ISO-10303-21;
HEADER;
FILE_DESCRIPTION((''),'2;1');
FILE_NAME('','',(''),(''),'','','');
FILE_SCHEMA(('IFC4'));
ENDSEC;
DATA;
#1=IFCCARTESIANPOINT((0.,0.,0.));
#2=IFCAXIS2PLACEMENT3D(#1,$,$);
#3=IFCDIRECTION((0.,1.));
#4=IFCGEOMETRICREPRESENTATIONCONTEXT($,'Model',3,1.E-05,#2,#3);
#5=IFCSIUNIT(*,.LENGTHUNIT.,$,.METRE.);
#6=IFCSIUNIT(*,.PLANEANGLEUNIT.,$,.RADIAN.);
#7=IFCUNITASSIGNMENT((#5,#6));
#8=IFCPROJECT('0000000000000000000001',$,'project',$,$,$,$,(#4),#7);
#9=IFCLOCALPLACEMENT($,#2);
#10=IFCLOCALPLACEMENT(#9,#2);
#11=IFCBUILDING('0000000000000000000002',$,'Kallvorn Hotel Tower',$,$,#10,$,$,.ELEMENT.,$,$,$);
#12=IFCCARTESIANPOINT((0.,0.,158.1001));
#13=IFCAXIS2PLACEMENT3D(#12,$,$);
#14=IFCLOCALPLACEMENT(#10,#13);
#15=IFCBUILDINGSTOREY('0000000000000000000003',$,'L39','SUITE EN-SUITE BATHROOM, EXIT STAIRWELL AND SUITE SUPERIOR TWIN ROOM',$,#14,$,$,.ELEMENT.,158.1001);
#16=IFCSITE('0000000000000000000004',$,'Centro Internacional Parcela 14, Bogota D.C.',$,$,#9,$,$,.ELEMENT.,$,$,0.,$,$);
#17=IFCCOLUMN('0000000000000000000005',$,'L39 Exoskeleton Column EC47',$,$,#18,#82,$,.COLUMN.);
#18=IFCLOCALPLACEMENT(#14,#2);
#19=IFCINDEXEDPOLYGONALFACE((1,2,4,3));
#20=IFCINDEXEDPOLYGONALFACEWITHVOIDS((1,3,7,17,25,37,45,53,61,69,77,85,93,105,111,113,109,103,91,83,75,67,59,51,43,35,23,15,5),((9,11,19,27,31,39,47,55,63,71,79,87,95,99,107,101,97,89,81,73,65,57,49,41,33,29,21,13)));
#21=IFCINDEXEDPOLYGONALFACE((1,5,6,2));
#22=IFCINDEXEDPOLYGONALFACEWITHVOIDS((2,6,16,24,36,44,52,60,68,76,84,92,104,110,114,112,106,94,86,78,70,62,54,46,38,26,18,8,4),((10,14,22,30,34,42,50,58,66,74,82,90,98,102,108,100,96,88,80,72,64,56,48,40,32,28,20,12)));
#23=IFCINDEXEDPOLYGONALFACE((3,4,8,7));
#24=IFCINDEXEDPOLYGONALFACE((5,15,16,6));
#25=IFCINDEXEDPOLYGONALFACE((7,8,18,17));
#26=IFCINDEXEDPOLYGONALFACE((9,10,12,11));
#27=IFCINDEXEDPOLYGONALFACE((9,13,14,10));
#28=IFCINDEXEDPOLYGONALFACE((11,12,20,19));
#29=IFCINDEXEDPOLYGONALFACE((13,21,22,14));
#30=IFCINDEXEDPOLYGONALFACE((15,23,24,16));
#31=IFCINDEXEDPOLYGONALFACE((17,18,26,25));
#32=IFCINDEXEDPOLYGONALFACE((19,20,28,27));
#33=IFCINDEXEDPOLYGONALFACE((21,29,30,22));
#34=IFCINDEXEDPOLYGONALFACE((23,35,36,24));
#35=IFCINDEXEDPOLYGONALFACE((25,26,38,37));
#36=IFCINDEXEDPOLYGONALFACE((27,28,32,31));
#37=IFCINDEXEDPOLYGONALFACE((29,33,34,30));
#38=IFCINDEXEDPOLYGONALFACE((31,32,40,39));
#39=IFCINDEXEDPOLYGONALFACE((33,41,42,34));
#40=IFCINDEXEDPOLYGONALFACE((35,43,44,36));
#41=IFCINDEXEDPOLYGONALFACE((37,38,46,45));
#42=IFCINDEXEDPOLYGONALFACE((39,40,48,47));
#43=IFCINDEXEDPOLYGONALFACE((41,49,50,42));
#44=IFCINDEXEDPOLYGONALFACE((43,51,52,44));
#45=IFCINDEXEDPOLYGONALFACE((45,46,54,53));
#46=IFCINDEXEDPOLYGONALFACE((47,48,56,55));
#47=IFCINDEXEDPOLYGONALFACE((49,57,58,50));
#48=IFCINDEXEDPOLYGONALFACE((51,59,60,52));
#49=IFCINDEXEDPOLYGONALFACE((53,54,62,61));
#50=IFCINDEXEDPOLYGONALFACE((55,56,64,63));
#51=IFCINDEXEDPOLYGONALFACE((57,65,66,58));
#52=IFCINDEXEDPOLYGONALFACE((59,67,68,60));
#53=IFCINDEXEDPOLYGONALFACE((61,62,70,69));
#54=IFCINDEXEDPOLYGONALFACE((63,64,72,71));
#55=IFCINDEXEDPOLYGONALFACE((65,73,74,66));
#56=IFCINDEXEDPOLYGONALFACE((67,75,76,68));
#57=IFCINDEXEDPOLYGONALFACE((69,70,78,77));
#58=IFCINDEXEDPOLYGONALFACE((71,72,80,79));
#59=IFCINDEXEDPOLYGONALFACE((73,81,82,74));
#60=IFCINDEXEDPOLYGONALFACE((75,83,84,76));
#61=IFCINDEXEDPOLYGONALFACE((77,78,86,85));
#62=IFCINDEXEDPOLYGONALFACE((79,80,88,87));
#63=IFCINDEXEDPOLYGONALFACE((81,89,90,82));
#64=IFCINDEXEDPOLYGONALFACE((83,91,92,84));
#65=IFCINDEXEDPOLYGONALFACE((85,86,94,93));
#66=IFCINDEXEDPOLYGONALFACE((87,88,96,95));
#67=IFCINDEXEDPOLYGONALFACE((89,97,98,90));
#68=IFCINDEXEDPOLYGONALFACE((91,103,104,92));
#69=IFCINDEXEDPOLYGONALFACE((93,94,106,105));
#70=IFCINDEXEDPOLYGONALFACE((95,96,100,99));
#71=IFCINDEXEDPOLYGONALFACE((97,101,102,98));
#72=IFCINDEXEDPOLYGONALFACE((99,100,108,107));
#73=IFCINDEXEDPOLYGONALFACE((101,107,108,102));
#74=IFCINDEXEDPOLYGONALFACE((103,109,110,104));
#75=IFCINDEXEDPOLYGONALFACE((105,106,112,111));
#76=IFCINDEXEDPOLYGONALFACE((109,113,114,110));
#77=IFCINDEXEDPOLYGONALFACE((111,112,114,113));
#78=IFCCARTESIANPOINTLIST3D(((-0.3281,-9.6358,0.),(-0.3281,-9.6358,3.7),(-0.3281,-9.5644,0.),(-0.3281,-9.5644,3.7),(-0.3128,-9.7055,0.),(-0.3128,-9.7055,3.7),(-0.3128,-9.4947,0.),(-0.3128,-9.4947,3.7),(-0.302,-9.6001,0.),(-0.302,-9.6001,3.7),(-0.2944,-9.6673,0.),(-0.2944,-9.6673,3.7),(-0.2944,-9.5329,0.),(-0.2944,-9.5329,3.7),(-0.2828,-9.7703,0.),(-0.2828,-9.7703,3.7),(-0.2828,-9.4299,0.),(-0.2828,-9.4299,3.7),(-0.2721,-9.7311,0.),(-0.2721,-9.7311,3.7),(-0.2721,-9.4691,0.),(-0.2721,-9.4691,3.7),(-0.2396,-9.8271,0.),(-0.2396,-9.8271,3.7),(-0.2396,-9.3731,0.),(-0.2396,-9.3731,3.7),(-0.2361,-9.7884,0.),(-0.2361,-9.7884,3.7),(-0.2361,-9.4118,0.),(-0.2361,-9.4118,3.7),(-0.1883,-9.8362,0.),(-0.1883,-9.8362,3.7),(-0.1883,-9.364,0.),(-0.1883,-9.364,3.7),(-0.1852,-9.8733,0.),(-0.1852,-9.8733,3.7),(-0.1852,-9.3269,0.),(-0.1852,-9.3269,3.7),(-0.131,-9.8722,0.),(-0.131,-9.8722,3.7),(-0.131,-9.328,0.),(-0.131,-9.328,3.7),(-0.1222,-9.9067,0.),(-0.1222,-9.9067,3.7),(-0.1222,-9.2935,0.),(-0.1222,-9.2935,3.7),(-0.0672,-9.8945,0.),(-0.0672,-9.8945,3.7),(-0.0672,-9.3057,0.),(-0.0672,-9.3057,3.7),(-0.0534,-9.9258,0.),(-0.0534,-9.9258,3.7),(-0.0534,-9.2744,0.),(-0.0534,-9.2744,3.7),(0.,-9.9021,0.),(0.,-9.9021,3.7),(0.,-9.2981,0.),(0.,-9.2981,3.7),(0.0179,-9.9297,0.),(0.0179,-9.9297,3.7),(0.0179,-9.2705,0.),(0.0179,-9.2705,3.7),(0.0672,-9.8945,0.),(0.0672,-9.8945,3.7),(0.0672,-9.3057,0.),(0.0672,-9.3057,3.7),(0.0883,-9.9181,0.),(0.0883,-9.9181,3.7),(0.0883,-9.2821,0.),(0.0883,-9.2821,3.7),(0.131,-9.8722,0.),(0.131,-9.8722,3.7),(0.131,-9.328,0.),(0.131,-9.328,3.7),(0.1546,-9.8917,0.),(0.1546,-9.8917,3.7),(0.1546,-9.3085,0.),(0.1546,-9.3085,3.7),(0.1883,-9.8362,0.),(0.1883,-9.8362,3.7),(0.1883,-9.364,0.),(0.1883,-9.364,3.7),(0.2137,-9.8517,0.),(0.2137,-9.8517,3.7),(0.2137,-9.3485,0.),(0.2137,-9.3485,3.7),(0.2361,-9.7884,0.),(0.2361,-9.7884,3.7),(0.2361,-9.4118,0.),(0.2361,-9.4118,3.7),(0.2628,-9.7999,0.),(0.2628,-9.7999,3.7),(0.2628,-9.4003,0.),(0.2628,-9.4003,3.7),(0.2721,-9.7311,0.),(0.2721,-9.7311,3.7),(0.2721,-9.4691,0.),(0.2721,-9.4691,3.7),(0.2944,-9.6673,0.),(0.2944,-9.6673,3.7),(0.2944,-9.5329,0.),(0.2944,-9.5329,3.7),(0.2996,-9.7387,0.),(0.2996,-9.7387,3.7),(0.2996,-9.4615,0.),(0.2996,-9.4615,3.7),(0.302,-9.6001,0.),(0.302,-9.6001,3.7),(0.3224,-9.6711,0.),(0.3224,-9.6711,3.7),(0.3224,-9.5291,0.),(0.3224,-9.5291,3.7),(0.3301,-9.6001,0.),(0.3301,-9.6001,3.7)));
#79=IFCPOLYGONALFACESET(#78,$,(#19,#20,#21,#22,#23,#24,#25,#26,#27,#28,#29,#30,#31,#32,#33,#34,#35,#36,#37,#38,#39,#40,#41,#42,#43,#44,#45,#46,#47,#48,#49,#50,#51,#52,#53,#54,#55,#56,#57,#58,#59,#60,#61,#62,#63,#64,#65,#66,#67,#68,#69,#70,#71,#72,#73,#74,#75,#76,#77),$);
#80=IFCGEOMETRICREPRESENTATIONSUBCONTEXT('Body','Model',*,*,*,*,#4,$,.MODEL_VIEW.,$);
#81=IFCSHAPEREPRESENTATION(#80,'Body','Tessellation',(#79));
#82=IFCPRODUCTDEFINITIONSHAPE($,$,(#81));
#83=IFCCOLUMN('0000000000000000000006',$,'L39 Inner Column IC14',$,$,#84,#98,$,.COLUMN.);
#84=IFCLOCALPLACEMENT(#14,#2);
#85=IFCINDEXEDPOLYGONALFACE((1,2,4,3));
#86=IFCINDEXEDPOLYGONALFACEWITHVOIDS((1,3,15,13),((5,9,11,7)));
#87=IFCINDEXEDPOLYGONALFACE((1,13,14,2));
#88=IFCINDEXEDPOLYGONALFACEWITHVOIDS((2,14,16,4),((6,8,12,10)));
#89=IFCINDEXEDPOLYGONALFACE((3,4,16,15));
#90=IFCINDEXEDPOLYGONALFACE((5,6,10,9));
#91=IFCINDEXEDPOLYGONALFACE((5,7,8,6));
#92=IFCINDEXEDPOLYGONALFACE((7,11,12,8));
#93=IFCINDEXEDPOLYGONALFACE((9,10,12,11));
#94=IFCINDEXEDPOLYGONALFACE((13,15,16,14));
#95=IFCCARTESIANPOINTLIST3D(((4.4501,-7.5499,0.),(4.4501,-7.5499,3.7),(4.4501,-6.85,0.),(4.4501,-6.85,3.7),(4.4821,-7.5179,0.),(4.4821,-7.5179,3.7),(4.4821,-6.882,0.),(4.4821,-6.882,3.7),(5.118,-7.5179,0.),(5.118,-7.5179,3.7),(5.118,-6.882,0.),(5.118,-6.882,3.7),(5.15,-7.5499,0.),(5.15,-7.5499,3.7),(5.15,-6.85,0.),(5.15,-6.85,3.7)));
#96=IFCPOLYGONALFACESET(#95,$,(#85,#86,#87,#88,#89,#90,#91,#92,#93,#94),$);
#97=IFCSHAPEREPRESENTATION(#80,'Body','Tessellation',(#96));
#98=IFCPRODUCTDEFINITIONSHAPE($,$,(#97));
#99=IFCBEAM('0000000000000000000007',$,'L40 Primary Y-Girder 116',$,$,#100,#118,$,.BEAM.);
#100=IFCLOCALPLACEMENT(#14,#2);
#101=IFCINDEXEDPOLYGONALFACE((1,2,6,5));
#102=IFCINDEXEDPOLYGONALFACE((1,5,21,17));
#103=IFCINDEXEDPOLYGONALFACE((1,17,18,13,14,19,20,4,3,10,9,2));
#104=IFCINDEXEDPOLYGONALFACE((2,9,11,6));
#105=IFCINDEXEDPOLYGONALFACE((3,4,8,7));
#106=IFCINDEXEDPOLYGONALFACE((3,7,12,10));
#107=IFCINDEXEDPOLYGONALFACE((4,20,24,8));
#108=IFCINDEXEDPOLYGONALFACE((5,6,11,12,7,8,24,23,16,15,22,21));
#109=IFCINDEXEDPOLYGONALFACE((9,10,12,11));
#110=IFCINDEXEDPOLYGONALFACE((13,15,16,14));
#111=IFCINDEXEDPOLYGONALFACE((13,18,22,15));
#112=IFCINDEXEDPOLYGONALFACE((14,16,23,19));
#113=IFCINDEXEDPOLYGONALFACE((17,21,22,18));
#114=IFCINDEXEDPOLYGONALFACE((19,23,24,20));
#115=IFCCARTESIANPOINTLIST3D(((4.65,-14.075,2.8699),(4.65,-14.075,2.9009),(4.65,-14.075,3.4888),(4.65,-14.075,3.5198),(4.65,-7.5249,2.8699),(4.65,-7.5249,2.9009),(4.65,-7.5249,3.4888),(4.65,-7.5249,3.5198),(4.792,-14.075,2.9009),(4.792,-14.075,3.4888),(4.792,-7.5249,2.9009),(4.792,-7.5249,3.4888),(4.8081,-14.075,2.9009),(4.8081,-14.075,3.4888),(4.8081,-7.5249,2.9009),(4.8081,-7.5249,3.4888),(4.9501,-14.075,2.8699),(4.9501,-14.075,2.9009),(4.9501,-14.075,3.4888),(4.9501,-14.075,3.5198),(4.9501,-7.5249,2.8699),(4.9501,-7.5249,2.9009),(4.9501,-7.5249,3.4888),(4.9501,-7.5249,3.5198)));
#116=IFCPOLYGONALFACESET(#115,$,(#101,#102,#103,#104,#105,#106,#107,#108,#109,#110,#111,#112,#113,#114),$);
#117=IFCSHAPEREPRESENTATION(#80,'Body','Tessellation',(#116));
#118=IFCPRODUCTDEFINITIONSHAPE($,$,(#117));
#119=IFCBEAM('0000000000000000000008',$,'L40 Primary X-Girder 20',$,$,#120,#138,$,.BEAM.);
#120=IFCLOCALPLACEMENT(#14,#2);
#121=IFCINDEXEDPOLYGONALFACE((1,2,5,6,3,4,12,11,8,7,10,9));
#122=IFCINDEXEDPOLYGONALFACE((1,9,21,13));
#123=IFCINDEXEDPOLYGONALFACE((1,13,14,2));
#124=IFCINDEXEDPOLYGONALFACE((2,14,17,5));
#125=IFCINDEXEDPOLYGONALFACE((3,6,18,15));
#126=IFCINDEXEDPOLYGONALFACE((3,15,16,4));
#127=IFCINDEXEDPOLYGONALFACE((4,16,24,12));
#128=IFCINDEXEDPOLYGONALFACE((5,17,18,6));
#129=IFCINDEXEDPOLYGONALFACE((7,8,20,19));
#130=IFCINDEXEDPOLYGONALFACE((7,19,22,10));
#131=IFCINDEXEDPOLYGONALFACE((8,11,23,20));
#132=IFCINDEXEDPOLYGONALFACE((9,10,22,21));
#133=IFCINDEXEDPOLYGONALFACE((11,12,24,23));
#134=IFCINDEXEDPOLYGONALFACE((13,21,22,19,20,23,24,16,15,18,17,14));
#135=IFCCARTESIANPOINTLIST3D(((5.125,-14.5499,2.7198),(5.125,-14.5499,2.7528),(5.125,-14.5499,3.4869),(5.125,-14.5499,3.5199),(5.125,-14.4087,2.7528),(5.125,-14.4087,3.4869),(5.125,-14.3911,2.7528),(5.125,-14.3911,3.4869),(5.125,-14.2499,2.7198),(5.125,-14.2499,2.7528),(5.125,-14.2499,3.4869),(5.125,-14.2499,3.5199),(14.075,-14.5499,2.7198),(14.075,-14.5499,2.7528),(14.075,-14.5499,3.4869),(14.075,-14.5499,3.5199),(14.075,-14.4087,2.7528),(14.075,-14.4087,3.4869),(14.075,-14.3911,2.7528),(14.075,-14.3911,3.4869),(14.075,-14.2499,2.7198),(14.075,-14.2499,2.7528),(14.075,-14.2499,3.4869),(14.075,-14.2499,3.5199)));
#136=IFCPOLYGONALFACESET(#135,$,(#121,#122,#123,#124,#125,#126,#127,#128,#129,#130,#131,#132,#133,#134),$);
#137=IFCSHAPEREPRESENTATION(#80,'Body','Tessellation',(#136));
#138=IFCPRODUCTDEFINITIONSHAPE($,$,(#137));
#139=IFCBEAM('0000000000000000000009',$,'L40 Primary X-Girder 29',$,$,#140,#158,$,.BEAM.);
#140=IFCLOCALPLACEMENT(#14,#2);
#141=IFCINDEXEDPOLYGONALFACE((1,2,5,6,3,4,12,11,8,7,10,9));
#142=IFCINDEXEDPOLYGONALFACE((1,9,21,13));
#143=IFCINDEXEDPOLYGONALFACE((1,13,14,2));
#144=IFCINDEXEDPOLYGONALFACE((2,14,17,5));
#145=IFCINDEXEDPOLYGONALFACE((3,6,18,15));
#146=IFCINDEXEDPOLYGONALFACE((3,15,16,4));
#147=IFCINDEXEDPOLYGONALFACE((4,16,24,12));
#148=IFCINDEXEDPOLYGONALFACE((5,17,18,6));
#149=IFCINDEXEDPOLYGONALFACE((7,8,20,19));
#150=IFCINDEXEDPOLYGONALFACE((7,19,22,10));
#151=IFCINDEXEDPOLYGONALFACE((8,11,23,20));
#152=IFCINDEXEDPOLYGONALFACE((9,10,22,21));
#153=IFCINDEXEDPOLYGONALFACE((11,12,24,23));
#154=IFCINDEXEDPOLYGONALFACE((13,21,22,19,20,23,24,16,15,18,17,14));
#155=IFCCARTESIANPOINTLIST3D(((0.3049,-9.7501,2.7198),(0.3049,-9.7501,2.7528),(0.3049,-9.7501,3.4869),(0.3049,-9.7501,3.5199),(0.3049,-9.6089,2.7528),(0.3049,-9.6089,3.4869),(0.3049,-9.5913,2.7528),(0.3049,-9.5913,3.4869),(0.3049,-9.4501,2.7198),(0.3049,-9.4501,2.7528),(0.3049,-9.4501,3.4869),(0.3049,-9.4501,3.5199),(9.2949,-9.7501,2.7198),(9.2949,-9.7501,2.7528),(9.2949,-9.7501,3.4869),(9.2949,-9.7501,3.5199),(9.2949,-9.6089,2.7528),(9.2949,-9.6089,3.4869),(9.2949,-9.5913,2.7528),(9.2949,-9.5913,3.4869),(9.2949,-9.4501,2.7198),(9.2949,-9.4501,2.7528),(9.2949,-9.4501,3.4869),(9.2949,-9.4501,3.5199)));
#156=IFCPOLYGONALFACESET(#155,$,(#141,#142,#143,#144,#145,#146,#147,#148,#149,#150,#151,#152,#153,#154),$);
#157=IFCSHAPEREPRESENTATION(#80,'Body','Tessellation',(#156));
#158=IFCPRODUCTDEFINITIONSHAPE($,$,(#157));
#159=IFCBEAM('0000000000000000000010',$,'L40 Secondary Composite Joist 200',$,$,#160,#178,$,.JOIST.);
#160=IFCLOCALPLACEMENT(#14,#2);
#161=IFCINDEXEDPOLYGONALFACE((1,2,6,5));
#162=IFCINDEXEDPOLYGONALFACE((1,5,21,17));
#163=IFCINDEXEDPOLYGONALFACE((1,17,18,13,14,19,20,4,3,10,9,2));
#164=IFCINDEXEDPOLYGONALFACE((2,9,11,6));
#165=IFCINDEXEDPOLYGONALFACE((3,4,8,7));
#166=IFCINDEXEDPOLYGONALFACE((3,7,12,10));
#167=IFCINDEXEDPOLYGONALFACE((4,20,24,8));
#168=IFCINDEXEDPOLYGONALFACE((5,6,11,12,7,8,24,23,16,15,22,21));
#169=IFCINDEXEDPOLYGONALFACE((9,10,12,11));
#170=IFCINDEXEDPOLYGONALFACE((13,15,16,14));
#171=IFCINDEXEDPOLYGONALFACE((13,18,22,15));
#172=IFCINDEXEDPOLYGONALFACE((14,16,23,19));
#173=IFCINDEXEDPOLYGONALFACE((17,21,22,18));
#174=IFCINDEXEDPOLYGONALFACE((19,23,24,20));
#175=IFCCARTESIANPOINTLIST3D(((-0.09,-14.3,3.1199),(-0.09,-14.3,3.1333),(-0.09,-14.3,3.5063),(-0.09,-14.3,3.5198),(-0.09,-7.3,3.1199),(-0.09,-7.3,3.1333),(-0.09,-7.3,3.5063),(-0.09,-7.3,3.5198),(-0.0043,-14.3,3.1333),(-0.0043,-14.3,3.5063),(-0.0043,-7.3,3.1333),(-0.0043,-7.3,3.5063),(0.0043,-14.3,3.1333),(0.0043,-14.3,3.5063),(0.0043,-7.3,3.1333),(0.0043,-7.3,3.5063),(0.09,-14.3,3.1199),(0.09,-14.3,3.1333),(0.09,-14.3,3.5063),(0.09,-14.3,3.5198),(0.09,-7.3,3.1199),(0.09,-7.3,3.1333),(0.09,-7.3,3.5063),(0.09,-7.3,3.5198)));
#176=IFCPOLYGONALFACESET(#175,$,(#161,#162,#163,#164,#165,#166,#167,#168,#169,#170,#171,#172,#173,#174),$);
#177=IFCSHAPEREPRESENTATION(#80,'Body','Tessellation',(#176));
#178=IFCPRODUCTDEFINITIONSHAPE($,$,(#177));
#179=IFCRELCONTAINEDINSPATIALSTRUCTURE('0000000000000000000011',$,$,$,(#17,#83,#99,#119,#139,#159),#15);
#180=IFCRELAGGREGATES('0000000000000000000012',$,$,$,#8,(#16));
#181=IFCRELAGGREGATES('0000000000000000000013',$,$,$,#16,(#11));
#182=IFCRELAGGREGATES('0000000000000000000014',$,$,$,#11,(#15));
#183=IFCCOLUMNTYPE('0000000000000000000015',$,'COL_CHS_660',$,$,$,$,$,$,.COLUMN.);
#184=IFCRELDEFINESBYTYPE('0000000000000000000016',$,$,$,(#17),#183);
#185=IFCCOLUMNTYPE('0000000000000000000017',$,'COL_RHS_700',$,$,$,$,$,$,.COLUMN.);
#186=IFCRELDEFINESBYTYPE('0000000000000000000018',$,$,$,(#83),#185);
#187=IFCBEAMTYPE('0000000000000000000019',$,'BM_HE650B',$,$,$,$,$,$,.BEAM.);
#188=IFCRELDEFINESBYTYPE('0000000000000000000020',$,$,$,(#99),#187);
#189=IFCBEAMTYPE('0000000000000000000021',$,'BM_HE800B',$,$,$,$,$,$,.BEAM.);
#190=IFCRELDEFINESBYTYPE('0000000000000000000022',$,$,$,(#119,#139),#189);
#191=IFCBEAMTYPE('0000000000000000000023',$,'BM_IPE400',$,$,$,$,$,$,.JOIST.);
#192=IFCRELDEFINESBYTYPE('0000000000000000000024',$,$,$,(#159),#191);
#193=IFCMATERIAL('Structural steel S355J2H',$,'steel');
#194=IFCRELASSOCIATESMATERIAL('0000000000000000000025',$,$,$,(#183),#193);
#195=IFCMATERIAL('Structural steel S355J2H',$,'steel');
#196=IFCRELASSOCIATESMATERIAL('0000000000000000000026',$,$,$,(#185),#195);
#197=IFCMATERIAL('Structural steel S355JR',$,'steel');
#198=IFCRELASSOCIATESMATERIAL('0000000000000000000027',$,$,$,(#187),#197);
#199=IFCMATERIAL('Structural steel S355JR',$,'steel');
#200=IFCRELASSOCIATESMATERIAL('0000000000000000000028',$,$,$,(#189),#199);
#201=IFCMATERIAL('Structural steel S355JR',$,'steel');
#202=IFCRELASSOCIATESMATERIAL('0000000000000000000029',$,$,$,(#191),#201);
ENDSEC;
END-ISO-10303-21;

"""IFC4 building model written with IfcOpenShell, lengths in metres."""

from ifc_helpers import new_model, si_unit, direction, frame, origin, origin_2d, place, context, subcontext, project, spatial, hollow_rectangle, hollow_circle, i_section, extrude, material, material_profile, profile_set, type_object, element, save


model = new_model("IFC4")

# Units and contexts
model_context = context("Model", 3, precision=1e-05, world=origin(), true_north=direction((0.0, 1.0)))
body_context = subcontext(model_context, "Body", "Model", "MODEL_VIEW")
ifc_project = project(units=[si_unit("LENGTHUNIT", "METRE"), si_unit("PLANEANGLEUNIT", "RADIAN")], contexts=[model_context])

# Site, building, storey
site_placement = place(None, origin())
site = spatial("IfcSite", under=ifc_project, at=site_placement, Name="Centro Internacional Parcela 14, Bogota D.C.", CompositionType="ELEMENT", RefElevation=0.0)
building_placement = place(site_placement, origin())
building = spatial("IfcBuilding", under=site, at=building_placement, Name="Kallvorn Hotel Tower", CompositionType="ELEMENT")
storey_placement = place(building_placement, frame((0.0, 0.0, 158.1001)))
storey = spatial("IfcBuildingStorey", under=building, at=storey_placement, Name="L39", Description="SUITE EN-SUITE BATHROOM, EXIT STAIRWELL AND SUITE SUPERIOR TWIN ROOM", CompositionType="ELEMENT", Elevation=158.1001)

# Columns
ifc_material_1 = material(Name="Structural steel S355J2H", Category="steel")
ifc_material_profile_1 = material_profile(ifc_material_1, hollow_circle(Radius=0.3301, WallThickness=0.0281, at=origin_2d()), Name="CHS 660x28")
ifc_profile_set_1 = profile_set([ifc_material_profile_1], Name="Structural steel S355J2H")
column_type_1 = type_object("IfcColumnType", Name="COL_CHS_660", PredefinedType="COLUMN", material=ifc_profile_set_1)
column_1_placement = place(storey_placement, frame((0.0, -9.6001, 0.0), z_axis=(0.0, 0.0, 1.0), x_axis=(1.0, 0.0, 0.0)))
element("IfcColumn", 1, at=column_1_placement, inside=storey, type_object=column_type_1, Name="L39 Exoskeleton Column EC47", PredefinedType="COLUMN", context=body_context, shape_type="SweptSolid", body=[
    extrude(hollow_circle(Radius=0.3301, WallThickness=0.0281, at=origin_2d()), origin(), (0.0, 0.0, 1.0), 3.7),
])
ifc_material_2 = material(Name="Structural steel S355J2H", Category="steel")
ifc_material_profile_2 = material_profile(ifc_material_2, hollow_rectangle(XDim=0.7, YDim=0.7, WallThickness=0.032, at=origin_2d()), Name="RHS 700x700x32")
ifc_profile_set_2 = profile_set([ifc_material_profile_2], Name="Structural steel S355J2H")
column_type_2 = type_object("IfcColumnType", Name="COL_RHS_700", PredefinedType="COLUMN", material=ifc_profile_set_2)
column_2_placement = place(storey_placement, frame((4.8, -7.2, 0.0), z_axis=(0.0, 0.0, 1.0), x_axis=(1.0, 0.0, 0.0)))
element("IfcColumn", 2, at=column_2_placement, inside=storey, type_object=column_type_2, Name="L39 Inner Column IC14", PredefinedType="COLUMN", context=body_context, shape_type="SweptSolid", body=[
    extrude(hollow_rectangle(XDim=0.7, YDim=0.7, WallThickness=0.032, at=origin_2d()), origin(), (0.0, 0.0, 1.0), 3.7),
])

# Beams
ifc_material_3 = material(Name="Structural steel S355JR", Category="steel")
ifc_material_profile_3 = material_profile(ifc_material_3, i_section(OverallWidth=0.3, OverallDepth=0.6499, WebThickness=0.0161, FlangeThickness=0.031, at=origin_2d()), Name="HE 650 B")
ifc_profile_set_3 = profile_set([ifc_material_profile_3], Name="Structural steel S355JR")
beam_type_1 = type_object("IfcBeamType", Name="BM_HE650B", PredefinedType="BEAM", material=ifc_profile_set_3)
beam_1_placement = place(storey_placement, frame((4.8, -14.075, 3.1948), z_axis=(0.0, 1.0, 0.0), x_axis=(-1.0, 0.0, 0.0)))
element("IfcBeam", 3, at=beam_1_placement, inside=storey, type_object=beam_type_1, Name="L40 Primary Y-Girder 116", PredefinedType="BEAM", context=body_context, shape_type="SweptSolid", body=[
    extrude(i_section(OverallWidth=0.3, OverallDepth=0.6499, WebThickness=0.0161, FlangeThickness=0.031, at=origin_2d()), origin(), (0.0, 0.0, 1.0), 6.55),
])
ifc_material_4 = material(Name="Structural steel S355JR", Category="steel")
ifc_material_profile_4 = material_profile(ifc_material_4, i_section(OverallWidth=0.3, OverallDepth=0.8, WebThickness=0.0176, FlangeThickness=0.033, at=origin_2d()), Name="HE 800 B")
ifc_profile_set_4 = profile_set([ifc_material_profile_4], Name="Structural steel S355JR")
beam_type_2 = type_object("IfcBeamType", Name="BM_HE800B", PredefinedType="BEAM", material=ifc_profile_set_4)
beam_2_placement = place(storey_placement, frame((5.125, -14.3999, 3.1199), z_axis=(1.0, 0.0, 0.0), x_axis=(0.0, 1.0, 0.0)))
element("IfcBeam", 4, at=beam_2_placement, inside=storey, type_object=beam_type_2, Name="L40 Primary X-Girder 20", PredefinedType="BEAM", context=body_context, shape_type="SweptSolid", body=[
    extrude(i_section(OverallWidth=0.3, OverallDepth=0.8, WebThickness=0.0176, FlangeThickness=0.033, at=origin_2d()), origin(), (0.0, 0.0, 1.0), 8.95),
])
beam_3_placement = place(storey_placement, frame((0.3049, -9.6001, 3.1199), z_axis=(1.0, 0.0, 0.0), x_axis=(0.0, 1.0, 0.0)))
element("IfcBeam", 5, at=beam_3_placement, inside=storey, type_object=beam_type_2, Name="L40 Primary X-Girder 29", PredefinedType="BEAM", context=body_context, shape_type="SweptSolid", body=[
    extrude(i_section(OverallWidth=0.3, OverallDepth=0.8, WebThickness=0.0176, FlangeThickness=0.033, at=origin_2d()), origin(), (0.0, 0.0, 1.0), 8.99),
])
ifc_material_5 = material(Name="Structural steel S355JR", Category="steel")
ifc_material_profile_5 = material_profile(ifc_material_5, i_section(OverallWidth=0.1799, OverallDepth=0.3999, WebThickness=0.0085, FlangeThickness=0.0134, at=origin_2d()), Name="IPE 400")
ifc_profile_set_5 = profile_set([ifc_material_profile_5], Name="Structural steel S355JR")
beam_type_3 = type_object("IfcBeamType", Name="BM_IPE400", PredefinedType="JOIST", material=ifc_profile_set_5)
beam_4_placement = place(storey_placement, frame((0.0, -14.3, 3.3198), z_axis=(0.0, 1.0, 0.0), x_axis=(-1.0, 0.0, 0.0)))
element("IfcBeam", 6, at=beam_4_placement, inside=storey, type_object=beam_type_3, Name="L40 Secondary Composite Joist 200", PredefinedType="JOIST", context=body_context, shape_type="SweptSolid", body=[
    extrude(i_section(OverallWidth=0.1799, OverallDepth=0.3999, WebThickness=0.0085, FlangeThickness=0.0134, at=origin_2d()), origin(), (0.0, 0.0, 1.0), 7.0),
])

save(model, "model.ifc")
